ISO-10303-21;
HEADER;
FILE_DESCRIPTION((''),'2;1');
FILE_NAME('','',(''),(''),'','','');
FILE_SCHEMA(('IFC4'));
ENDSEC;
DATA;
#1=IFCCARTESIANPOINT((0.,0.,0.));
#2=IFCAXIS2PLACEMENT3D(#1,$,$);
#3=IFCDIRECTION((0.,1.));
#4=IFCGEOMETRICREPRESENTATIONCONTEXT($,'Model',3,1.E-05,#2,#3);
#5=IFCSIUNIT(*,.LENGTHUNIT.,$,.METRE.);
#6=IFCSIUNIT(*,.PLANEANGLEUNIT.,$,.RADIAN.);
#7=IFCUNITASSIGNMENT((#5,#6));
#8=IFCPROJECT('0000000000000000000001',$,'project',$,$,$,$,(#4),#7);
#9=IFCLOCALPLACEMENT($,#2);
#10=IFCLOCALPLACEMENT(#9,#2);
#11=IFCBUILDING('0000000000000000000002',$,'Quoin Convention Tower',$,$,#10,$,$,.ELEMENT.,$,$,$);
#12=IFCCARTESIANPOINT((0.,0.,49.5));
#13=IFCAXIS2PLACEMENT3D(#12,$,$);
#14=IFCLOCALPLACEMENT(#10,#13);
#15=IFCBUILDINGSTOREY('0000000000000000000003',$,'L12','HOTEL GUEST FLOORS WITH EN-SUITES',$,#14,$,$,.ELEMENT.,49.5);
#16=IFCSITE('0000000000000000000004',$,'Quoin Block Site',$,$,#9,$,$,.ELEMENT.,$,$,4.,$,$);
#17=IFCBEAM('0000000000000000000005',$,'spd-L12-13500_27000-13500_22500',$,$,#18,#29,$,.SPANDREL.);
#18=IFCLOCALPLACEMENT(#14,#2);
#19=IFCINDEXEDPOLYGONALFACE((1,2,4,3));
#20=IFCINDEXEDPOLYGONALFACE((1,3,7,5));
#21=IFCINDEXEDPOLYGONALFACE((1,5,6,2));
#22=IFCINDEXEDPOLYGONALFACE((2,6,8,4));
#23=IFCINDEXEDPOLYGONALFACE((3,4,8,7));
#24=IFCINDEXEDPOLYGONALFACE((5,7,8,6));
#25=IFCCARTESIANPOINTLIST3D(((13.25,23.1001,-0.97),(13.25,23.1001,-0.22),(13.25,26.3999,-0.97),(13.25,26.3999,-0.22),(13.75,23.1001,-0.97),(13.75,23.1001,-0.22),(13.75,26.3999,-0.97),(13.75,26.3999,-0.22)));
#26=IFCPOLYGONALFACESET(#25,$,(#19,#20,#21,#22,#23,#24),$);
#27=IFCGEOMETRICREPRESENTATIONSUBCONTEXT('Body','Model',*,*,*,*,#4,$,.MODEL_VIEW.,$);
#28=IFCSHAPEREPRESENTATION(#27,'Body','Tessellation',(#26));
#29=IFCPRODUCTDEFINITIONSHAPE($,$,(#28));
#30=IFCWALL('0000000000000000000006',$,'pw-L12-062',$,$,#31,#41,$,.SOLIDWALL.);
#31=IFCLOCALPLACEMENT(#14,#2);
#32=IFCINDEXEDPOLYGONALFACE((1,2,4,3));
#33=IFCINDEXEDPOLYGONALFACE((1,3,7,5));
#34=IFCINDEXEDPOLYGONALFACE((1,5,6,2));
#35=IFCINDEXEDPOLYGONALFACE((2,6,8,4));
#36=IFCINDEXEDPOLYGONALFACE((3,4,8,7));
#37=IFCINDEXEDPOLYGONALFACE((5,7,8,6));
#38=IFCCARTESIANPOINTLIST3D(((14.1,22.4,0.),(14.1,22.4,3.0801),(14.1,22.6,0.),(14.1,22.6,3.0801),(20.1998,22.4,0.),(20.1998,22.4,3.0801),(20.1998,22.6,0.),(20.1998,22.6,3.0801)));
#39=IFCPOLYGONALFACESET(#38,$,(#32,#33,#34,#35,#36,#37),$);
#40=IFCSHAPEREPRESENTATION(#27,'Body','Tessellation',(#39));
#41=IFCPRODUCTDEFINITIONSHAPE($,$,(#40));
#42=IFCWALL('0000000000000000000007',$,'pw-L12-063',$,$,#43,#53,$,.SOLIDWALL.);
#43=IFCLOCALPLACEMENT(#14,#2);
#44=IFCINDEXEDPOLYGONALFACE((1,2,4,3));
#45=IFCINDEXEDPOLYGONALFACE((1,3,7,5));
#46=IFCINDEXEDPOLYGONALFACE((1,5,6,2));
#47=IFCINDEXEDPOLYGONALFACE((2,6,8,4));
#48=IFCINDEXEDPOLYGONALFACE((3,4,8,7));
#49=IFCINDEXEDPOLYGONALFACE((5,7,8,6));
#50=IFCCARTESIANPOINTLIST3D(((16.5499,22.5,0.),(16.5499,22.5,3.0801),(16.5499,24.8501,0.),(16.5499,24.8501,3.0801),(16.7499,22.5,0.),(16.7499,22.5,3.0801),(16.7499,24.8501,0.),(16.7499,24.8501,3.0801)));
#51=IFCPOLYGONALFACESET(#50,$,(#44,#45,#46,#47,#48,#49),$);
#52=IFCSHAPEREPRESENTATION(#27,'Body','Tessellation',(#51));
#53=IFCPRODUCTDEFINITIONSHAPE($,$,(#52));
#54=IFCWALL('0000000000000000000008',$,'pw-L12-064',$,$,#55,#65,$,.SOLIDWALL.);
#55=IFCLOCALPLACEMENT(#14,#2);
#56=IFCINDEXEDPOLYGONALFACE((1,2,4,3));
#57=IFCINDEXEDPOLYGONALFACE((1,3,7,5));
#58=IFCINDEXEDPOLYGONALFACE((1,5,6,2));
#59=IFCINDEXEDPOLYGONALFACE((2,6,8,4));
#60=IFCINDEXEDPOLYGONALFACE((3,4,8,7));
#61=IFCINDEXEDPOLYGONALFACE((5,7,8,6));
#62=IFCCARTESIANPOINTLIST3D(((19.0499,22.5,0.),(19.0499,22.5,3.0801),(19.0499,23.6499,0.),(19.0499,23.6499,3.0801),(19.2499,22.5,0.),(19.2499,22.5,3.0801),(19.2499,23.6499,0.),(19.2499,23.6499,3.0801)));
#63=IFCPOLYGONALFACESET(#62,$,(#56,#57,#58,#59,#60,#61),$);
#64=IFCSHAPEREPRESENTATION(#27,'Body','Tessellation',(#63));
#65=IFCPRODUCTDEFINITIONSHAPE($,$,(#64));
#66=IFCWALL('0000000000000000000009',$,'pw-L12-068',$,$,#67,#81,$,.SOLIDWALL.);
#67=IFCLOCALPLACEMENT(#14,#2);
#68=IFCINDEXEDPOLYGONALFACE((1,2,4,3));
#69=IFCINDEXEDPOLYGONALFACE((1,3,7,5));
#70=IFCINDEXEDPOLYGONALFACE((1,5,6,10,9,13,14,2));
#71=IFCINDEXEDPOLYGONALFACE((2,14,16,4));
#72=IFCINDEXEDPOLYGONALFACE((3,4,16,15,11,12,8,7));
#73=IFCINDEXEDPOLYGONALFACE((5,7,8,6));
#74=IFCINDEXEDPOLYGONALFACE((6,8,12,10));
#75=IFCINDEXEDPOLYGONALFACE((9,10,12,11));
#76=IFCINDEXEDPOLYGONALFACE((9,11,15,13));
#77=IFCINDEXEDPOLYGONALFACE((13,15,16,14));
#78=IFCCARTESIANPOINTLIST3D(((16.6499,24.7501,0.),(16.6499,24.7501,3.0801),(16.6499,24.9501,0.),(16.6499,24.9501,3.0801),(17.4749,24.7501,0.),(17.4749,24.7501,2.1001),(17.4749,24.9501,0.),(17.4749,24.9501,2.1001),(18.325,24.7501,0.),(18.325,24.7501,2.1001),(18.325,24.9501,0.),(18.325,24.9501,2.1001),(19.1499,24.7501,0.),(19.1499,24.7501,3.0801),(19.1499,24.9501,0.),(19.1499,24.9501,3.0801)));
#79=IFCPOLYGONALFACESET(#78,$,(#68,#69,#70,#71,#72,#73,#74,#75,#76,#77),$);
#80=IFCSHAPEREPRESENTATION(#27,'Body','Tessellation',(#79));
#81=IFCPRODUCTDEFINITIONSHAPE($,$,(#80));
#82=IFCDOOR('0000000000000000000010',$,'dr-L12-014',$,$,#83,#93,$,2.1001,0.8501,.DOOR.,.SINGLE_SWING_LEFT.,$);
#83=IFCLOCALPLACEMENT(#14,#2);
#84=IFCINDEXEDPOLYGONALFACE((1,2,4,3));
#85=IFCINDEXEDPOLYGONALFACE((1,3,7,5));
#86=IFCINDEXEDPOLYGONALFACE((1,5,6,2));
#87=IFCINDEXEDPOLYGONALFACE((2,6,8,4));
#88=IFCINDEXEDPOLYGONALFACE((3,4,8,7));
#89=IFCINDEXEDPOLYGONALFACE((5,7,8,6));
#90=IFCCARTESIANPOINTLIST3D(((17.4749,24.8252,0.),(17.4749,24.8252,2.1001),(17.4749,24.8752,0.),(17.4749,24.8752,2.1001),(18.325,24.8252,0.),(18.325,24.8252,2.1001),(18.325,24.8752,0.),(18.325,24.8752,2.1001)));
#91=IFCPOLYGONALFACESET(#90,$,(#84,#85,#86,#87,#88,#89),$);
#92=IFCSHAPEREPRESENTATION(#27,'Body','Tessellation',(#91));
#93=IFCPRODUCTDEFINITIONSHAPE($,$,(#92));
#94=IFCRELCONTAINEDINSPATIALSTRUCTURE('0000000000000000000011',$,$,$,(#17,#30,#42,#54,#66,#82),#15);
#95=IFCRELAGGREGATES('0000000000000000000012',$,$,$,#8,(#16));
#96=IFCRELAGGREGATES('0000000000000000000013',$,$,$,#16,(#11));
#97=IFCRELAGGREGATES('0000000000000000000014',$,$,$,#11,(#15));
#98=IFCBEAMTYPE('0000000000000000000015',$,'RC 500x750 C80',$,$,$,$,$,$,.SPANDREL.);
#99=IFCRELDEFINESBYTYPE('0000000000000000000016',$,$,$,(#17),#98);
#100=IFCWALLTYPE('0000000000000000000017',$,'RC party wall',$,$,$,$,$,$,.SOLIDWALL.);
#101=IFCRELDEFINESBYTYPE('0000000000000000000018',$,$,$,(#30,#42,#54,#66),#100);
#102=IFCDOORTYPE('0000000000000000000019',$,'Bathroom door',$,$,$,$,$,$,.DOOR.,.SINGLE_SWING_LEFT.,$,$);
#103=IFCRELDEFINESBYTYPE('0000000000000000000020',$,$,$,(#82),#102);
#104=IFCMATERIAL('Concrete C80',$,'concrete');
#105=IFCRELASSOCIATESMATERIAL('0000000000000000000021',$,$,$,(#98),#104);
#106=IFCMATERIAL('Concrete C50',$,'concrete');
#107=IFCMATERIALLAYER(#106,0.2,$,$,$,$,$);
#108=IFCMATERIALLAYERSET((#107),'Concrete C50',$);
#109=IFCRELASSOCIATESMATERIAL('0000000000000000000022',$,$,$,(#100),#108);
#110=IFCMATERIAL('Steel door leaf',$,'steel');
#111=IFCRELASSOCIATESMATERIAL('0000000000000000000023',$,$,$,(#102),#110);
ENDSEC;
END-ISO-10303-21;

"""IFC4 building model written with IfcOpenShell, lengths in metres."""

from ifc_helpers import new_model, si_unit, direction, frame, frame_2d, origin, origin_2d, place, context, subcontext, project, spatial, rectangle, extrude, material, layer, layer_set, material_profile, profile_set, type_object, element, fill, save


model = new_model("IFC4")

# Units and contexts
model_context = context("Model", 3, precision=1e-05, world=origin(), true_north=direction((0.0, 1.0)))
body_context = subcontext(model_context, "Body", "Model", "MODEL_VIEW")
ifc_project = project(units=[si_unit("LENGTHUNIT", "METRE"), si_unit("PLANEANGLEUNIT", "RADIAN")], contexts=[model_context])

# Site, building, storey
site_placement = place(None, origin())
site = spatial("IfcSite", under=ifc_project, at=site_placement, Name="Quoin Block Site", CompositionType="ELEMENT", RefElevation=4.0)
building_placement = place(site_placement, origin())
building = spatial("IfcBuilding", under=site, at=building_placement, Name="Quoin Convention Tower", CompositionType="ELEMENT")
storey_placement = place(building_placement, frame((0.0, 0.0, 49.5)))
storey = spatial("IfcBuildingStorey", under=building, at=storey_placement, Name="L12", Description="HOTEL GUEST FLOORS WITH EN-SUITES", CompositionType="ELEMENT", Elevation=49.5)

# Beam
ifc_material_1 = material(Name="Concrete C80", Category="concrete")
ifc_material_profile = material_profile(ifc_material_1, rectangle(XDim=0.5, YDim=0.75, at=origin_2d()), Name="RC 500x750")
ifc_profile_set = profile_set([ifc_material_profile], Name="Concrete C80")
beam_type = type_object("IfcBeamType", Name="RC 500x750 C80", PredefinedType="SPANDREL", material=ifc_profile_set)
beam_placement = place(storey_placement, frame((13.5, 26.3999, -0.595), z_axis=(0.0, -1.0, 0.0), x_axis=(1.0, 0.0, 0.0)))
element("IfcBeam", 1, at=beam_placement, inside=storey, type_object=beam_type, Name="spd-L12-13500_27000-13500_22500", PredefinedType="SPANDREL", context=body_context, shape_type="SweptSolid", body=[
    extrude(rectangle(XDim=0.5, YDim=0.75, at=origin_2d()), origin(), (0.0, 0.0, 1.0), 3.2998),
])

# Walls
ifc_material_2 = material(Name="Concrete C50", Category="concrete")
ifc_layer_1 = layer(ifc_material_2, 0.2)
ifc_layer_set_1 = layer_set([ifc_layer_1], Name="Concrete C50")
wall_type_1 = type_object("IfcWallType", Name="RC party wall", PredefinedType="SOLIDWALL", material=ifc_layer_set_1)
wall_1_placement = place(storey_placement, frame((14.1001, 22.5, 0.0), z_axis=(0.0, 0.0, 1.0), x_axis=(1.0, 0.0, 0.0)))
element("IfcWall", 2, at=wall_1_placement, inside=storey, type_object=wall_type_1, Name="pw-L12-062", PredefinedType="SOLIDWALL", context=body_context, shape_type="SweptSolid", body=[
    extrude(rectangle(XDim=6.0999, YDim=0.2, at=frame_2d((3.0498, 0.0))), origin(), (0.0, 0.0, 1.0), 3.0801),
])
wall_2_placement = place(storey_placement, frame((16.6499, 22.5, 0.0), z_axis=(0.0, 0.0, 1.0), x_axis=(0.0, 1.0, 0.0)))
element("IfcWall", 3, at=wall_2_placement, inside=storey, type_object=wall_type_1, Name="pw-L12-063", PredefinedType="SOLIDWALL", context=body_context, shape_type="SweptSolid", body=[
    extrude(rectangle(XDim=2.3501, YDim=0.2, at=frame_2d((1.175, 0.0))), origin(), (0.0, 0.0, 1.0), 3.0801),
])
wall_3_placement = place(storey_placement, frame((19.1499, 22.5, 0.0), z_axis=(0.0, 0.0, 1.0), x_axis=(0.0, 1.0, 0.0)))
element("IfcWall", 4, at=wall_3_placement, inside=storey, type_object=wall_type_1, Name="pw-L12-064", PredefinedType="SOLIDWALL", context=body_context, shape_type="SweptSolid", body=[
    extrude(rectangle(XDim=1.1499, YDim=0.2, at=frame_2d((0.575, 0.0))), origin(), (0.0, 0.0, 1.0), 3.0801),
])

# Wall, opening, door
wall_4_placement = place(storey_placement, frame((16.6499, 24.8501, 0.0), z_axis=(0.0, 0.0, 1.0), x_axis=(1.0, 0.0, 0.0)))
wall_4 = element("IfcWall", 5, at=wall_4_placement, inside=storey, type_object=wall_type_1, Name="pw-L12-068", PredefinedType="SOLIDWALL", context=body_context, shape_type="SweptSolid", body=[
    extrude(rectangle(XDim=2.5, YDim=0.2, at=frame_2d((1.25, 0.0))), origin(), (0.0, 0.0, 1.0), 3.0801),
])
opening_1_placement = place(wall_4_placement, frame((0.825, 0.0, 0.0)))
opening_1 = element("IfcOpeningElement", 6, at=opening_1_placement, cuts=wall_4, PredefinedType="OPENING", context=body_context, shape_type="SweptSolid", body=[
    extrude(rectangle(XDim=0.8501, YDim=2.1001, at=frame_2d((0.425, 1.05))), frame((0.0, 0.1099, 0.0), z_axis=(0.0, -1.0, 0.0), x_axis=(1.0, 0.0, 0.0)), (0.0, 0.0, 1.0), 0.22),
])
ifc_material_3 = material(Name="Steel door leaf", Category="steel")
door_type_1 = type_object("IfcDoorType", Name="Bathroom door", OperationType="SINGLE_SWING_LEFT", PredefinedType="DOOR", material=ifc_material_3)
door_1_placement = place(opening_1_placement, frame((0.8501, 0.0, 0.0), z_axis=(0.0, 0.0, 1.0), x_axis=(-1.0, 0.0, 0.0)))
door_1 = element("IfcDoor", 7, at=door_1_placement, inside=storey, type_object=door_type_1, Name="dr-L12-014", OperationType="SINGLE_SWING_LEFT", OverallHeight=2.1001, OverallWidth=0.8501, PredefinedType="DOOR", context=body_context, shape_type="SweptSolid", body=[
    extrude(rectangle(XDim=0.8501, YDim=2.1001, at=frame_2d((0.425, 1.05))), frame((0.0, 0.0249, 0.0), z_axis=(0.0, -1.0, 0.0), x_axis=(1.0, 0.0, 0.0)), (0.0, 0.0, 1.0), 0.05),
])
fill(opening_1, door_1)

save(model, "model.ifc")
